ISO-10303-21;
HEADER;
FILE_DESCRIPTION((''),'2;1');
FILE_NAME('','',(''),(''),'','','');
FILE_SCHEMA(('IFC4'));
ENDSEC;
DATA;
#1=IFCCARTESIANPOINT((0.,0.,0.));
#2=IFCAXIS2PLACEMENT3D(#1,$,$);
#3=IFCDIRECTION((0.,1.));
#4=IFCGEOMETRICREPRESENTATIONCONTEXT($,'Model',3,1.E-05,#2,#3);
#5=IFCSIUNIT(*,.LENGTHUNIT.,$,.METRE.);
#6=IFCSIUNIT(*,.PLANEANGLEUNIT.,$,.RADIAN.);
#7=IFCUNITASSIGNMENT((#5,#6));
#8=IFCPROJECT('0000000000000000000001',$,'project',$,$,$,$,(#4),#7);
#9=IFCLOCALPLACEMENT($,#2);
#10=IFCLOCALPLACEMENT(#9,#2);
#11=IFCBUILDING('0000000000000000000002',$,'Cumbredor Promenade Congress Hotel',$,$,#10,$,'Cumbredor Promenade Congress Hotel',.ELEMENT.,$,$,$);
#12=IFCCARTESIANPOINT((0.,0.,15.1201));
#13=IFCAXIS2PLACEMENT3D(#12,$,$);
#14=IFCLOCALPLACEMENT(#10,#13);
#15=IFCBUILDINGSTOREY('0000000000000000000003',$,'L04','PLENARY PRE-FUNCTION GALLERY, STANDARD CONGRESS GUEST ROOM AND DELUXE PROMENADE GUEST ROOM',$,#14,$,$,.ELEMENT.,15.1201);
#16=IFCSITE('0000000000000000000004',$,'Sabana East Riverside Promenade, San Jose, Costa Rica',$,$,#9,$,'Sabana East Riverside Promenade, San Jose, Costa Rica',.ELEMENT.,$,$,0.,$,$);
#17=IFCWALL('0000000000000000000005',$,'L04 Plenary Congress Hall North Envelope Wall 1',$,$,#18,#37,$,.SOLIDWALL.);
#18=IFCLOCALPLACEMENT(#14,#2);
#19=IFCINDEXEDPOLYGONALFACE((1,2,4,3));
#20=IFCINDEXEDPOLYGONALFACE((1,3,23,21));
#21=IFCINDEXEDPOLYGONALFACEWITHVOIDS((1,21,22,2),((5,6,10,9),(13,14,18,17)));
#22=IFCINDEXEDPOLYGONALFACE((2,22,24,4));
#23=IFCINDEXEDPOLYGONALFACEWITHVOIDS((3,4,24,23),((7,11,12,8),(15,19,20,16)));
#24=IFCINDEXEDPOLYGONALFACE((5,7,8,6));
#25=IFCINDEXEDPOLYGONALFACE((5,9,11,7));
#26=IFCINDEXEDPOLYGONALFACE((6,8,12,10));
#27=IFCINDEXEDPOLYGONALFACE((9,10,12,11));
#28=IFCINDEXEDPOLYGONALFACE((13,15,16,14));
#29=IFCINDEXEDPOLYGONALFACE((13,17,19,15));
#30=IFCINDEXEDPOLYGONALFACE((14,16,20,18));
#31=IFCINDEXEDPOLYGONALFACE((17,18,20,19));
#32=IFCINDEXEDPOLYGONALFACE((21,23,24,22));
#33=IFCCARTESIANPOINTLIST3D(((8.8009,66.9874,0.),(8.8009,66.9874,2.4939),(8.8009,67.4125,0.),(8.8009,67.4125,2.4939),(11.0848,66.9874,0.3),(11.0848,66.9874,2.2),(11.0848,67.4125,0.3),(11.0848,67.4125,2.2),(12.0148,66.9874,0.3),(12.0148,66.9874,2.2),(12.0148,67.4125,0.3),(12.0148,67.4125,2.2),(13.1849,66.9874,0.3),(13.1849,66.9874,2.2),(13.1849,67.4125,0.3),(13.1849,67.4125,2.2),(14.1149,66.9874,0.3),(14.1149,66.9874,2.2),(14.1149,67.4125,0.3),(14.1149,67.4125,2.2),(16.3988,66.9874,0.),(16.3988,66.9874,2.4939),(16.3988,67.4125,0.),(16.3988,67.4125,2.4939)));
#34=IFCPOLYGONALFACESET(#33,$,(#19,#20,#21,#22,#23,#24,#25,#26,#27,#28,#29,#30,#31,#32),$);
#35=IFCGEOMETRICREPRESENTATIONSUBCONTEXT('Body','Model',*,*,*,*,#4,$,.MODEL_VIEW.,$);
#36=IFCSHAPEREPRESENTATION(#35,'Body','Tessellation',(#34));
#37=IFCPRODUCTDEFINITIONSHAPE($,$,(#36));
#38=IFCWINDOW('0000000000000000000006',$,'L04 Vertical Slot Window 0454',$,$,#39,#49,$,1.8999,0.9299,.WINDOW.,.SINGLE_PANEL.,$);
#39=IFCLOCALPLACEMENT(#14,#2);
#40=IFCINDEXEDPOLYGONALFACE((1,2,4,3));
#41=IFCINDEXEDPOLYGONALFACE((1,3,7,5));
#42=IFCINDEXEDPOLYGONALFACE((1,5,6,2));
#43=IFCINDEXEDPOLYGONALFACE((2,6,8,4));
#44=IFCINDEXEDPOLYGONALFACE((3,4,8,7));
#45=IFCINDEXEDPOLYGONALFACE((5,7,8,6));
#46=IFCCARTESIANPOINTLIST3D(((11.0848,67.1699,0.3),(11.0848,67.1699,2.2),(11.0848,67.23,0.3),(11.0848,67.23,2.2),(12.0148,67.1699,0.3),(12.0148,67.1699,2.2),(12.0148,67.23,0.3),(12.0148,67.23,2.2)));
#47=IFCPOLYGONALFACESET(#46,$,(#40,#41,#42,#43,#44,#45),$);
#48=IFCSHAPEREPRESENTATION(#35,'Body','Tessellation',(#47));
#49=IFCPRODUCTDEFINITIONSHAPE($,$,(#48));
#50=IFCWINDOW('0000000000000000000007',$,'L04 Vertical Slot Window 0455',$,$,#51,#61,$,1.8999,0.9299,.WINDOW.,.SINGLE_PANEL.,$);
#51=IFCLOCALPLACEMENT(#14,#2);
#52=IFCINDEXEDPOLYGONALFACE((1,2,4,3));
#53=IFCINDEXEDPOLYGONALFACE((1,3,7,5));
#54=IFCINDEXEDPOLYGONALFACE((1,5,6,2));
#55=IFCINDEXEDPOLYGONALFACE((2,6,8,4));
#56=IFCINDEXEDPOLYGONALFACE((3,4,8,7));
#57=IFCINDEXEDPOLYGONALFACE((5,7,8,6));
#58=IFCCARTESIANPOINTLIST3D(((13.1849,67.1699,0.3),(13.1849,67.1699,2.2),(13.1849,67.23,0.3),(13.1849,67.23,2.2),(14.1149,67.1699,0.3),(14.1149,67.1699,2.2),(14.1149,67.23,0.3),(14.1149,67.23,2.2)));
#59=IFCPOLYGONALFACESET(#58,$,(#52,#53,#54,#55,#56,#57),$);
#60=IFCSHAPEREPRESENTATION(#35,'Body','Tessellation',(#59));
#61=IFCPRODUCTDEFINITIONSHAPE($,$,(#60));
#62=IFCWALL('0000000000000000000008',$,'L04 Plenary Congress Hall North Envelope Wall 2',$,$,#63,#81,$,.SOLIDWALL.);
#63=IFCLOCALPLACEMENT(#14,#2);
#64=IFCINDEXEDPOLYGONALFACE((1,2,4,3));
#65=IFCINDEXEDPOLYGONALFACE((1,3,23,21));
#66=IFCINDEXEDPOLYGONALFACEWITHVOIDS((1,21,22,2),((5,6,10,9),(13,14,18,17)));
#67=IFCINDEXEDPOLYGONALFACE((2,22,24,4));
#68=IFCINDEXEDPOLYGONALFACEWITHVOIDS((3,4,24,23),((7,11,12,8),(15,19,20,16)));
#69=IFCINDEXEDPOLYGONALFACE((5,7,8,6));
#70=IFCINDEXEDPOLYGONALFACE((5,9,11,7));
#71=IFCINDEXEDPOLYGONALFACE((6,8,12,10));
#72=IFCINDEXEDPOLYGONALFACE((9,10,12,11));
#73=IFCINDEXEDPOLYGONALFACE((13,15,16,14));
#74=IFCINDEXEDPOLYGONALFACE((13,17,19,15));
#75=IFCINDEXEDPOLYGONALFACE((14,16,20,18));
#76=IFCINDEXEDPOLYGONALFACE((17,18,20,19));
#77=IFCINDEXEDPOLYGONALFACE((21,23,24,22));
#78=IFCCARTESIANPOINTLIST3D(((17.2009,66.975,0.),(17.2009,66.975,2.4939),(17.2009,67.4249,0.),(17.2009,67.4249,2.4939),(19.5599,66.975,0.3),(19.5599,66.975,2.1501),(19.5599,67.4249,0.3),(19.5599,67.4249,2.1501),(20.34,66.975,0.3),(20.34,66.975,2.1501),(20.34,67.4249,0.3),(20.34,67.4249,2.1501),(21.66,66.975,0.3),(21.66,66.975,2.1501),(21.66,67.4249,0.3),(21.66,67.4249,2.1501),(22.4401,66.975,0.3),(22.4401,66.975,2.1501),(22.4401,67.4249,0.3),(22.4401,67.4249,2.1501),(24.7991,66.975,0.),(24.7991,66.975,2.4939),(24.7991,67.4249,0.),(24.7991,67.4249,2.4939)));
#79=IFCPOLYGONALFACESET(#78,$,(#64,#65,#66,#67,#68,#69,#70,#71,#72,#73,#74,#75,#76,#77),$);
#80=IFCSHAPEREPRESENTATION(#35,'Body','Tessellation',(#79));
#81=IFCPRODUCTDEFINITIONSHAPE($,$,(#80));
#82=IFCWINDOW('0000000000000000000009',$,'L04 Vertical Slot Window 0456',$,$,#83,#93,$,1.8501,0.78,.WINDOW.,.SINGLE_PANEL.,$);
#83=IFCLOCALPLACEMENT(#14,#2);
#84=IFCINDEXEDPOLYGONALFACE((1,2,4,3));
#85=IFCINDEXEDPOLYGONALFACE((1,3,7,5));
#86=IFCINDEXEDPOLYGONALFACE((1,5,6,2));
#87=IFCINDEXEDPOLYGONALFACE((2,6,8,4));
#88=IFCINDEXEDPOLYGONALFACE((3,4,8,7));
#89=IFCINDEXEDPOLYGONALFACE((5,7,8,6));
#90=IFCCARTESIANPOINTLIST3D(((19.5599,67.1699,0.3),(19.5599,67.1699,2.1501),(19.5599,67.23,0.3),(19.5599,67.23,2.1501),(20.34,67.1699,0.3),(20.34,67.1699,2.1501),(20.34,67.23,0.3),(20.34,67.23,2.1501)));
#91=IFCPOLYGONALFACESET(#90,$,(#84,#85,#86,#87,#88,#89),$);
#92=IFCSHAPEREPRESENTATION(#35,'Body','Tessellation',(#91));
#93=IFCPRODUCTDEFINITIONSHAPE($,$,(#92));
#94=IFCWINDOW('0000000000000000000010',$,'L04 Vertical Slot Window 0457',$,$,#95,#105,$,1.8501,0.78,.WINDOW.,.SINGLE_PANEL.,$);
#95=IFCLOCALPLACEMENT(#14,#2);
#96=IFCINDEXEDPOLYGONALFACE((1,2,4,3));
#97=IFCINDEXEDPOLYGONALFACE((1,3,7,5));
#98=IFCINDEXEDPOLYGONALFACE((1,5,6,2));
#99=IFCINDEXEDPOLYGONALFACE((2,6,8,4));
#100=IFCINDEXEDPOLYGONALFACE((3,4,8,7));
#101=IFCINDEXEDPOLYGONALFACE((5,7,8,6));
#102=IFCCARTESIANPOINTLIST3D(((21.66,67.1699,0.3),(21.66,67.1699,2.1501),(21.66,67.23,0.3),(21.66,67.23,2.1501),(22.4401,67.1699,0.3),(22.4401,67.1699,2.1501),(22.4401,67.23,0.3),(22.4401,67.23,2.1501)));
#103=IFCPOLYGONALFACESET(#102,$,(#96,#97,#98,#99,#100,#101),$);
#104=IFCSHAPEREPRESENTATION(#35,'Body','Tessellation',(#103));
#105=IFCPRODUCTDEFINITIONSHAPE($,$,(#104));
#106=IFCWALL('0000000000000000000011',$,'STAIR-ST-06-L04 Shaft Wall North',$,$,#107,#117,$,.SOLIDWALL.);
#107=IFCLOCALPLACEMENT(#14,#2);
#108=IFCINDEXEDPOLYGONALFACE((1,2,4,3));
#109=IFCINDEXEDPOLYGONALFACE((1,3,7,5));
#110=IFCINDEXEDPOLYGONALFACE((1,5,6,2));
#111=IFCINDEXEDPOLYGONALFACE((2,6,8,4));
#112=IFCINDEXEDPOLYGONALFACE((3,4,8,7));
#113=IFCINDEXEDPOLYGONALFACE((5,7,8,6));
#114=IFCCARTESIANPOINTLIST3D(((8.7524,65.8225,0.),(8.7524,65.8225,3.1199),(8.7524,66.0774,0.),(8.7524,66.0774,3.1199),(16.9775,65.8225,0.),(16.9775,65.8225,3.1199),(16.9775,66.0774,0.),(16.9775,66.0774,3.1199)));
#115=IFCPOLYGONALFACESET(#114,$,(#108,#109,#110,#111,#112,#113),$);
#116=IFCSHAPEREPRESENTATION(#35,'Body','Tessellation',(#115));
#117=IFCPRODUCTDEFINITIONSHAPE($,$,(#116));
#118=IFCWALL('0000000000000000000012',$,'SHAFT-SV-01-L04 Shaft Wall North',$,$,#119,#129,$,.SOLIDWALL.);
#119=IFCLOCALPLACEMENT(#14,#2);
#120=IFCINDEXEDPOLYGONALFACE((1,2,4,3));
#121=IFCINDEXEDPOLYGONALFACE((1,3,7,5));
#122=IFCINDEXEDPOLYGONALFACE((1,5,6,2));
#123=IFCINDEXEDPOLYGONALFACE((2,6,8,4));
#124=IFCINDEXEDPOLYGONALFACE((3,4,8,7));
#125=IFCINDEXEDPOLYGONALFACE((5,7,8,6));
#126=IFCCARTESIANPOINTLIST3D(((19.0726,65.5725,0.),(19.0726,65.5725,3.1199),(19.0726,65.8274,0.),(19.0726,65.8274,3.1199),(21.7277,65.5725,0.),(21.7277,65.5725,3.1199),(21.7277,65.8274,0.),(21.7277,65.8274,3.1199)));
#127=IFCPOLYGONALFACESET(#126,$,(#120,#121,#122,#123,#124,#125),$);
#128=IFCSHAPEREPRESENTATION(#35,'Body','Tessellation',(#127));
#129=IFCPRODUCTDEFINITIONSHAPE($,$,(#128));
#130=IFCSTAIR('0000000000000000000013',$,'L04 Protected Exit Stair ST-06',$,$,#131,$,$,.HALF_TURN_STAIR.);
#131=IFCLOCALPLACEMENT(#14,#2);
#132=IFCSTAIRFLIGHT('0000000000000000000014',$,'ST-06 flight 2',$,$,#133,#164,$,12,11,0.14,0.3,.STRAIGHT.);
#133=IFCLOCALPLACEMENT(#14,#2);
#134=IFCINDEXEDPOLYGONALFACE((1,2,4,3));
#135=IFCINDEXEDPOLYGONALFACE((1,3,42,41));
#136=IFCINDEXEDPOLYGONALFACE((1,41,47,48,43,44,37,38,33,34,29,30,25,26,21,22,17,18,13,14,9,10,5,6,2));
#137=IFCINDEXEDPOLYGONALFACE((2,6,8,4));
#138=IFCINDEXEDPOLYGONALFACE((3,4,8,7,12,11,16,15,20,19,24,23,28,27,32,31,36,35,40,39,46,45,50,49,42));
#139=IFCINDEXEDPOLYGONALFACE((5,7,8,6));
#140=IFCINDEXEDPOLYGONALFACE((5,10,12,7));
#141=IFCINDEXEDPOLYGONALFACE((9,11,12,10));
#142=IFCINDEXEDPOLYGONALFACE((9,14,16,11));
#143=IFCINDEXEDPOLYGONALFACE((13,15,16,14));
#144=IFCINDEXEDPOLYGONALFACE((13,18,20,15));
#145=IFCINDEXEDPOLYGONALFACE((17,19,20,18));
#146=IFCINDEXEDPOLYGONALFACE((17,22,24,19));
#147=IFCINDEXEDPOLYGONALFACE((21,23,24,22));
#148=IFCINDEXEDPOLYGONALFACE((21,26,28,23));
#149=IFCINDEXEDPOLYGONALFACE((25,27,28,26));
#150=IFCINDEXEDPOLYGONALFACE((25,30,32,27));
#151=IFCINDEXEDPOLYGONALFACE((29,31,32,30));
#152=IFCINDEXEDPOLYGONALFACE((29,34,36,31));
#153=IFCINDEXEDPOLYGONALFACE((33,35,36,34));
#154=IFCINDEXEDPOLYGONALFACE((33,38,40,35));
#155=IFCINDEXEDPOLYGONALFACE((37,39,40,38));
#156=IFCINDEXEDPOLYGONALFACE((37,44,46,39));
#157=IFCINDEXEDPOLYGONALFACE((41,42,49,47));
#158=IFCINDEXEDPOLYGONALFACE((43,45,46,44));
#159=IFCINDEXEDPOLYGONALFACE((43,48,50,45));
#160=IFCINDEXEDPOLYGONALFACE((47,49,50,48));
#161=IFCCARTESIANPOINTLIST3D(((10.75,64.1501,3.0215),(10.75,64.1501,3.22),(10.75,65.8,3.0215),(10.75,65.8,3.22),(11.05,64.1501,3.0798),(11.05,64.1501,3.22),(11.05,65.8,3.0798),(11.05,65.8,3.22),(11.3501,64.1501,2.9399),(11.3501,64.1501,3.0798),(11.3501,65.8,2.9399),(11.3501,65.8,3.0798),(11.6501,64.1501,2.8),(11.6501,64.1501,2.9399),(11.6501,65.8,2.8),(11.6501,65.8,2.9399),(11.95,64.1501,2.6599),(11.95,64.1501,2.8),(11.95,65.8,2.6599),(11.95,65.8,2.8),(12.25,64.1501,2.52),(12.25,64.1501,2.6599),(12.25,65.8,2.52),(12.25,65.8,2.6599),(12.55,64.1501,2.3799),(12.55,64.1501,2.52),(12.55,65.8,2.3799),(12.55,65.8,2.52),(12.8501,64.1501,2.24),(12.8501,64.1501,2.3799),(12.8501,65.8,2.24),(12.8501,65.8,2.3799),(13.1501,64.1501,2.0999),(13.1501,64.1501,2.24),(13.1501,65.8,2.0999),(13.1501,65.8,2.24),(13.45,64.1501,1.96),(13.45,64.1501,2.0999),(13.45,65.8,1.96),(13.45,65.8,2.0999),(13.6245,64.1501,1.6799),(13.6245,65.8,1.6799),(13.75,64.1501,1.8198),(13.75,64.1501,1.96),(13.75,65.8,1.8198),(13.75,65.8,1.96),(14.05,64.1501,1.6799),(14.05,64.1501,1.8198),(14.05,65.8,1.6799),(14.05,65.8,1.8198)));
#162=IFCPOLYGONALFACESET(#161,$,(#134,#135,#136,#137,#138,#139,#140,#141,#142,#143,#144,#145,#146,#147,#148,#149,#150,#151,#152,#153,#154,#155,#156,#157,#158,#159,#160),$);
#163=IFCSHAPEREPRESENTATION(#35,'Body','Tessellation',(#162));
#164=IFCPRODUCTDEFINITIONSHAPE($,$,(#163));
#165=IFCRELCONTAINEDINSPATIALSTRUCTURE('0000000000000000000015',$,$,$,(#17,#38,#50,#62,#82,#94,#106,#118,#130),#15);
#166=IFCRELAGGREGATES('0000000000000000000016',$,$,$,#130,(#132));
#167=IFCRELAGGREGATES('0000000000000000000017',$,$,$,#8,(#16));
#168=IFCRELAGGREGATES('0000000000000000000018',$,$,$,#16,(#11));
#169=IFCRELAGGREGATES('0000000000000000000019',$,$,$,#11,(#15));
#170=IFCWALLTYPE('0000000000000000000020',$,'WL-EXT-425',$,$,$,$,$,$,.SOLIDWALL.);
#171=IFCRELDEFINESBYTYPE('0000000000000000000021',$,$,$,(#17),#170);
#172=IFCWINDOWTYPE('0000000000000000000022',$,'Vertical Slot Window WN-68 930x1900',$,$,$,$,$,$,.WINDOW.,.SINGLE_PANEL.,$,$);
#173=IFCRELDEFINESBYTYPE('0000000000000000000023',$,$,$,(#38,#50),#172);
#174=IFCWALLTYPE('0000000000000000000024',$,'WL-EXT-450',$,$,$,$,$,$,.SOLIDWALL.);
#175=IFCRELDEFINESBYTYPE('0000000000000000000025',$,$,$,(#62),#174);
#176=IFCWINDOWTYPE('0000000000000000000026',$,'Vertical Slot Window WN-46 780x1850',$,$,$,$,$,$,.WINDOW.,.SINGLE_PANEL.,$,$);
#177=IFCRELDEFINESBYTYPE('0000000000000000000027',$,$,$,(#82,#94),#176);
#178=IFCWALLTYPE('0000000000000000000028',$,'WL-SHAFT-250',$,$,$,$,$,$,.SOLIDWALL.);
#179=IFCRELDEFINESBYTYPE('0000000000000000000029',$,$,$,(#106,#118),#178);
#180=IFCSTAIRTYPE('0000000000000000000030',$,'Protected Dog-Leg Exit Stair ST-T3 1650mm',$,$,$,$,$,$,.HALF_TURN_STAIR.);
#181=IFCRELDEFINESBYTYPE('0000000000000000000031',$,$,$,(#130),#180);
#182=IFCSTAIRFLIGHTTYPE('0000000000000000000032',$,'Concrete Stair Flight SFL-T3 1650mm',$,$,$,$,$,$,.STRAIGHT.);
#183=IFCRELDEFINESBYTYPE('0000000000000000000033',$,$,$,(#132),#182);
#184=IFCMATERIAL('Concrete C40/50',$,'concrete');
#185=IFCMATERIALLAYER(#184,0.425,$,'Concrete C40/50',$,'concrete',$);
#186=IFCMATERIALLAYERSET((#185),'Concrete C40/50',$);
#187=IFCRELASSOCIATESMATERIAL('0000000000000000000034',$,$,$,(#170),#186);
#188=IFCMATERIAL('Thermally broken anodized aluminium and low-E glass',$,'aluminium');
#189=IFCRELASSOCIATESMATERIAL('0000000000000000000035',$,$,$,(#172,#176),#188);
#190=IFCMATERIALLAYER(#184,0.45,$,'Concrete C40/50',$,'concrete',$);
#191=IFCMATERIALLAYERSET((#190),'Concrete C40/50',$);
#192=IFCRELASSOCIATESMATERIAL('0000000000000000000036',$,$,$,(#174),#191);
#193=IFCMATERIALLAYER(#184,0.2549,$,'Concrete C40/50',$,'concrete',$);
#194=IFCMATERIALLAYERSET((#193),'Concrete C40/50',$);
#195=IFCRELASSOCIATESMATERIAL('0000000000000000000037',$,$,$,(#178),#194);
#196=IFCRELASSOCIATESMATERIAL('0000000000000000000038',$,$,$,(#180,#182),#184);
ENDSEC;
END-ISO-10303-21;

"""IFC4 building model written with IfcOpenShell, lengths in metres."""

from ifc_helpers import new_model, si_unit, direction, frame, frame_2d, origin, place, context, subcontext, project, spatial, polyline, rectangle, outline, extrude, material, layer, layer_set, type_object, element, fill, aggregate, save


model = new_model("IFC4")

# Units and contexts
model_context = context("Model", 3, precision=1e-05, world=origin(), true_north=direction((0.0, 1.0)))
body_context = subcontext(model_context, "Body", "Model", "MODEL_VIEW")
ifc_project = project(units=[si_unit("LENGTHUNIT", "METRE"), si_unit("PLANEANGLEUNIT", "RADIAN")], contexts=[model_context])

# Site, building, storey
site_placement = place(None, origin())
site = spatial("IfcSite", under=ifc_project, at=site_placement, Name="Sabana East Riverside Promenade, San Jose, Costa Rica", LongName="Sabana East Riverside Promenade, San Jose, Costa Rica", CompositionType="ELEMENT", RefElevation=0.0)
building_placement = place(site_placement, origin())
building = spatial("IfcBuilding", under=site, at=building_placement, Name="Cumbredor Promenade Congress Hotel", LongName="Cumbredor Promenade Congress Hotel", CompositionType="ELEMENT")
storey_placement = place(building_placement, frame((0.0, 0.0, 15.1201)))
storey = spatial("IfcBuildingStorey", under=building, at=storey_placement, Name="L04", Description="PLENARY PRE-FUNCTION GALLERY, STANDARD CONGRESS GUEST ROOM AND DELUXE PROMENADE GUEST ROOM", CompositionType="ELEMENT", Elevation=15.1201)

# Shared definitions
ifc_material_1 = material(Name="Thermally broken anodized aluminium and low-E glass", Category="aluminium")

# Walls, openings, windows
ifc_material_2 = material(Name="Concrete C40/50", Category="concrete")
ifc_layer_1 = layer(ifc_material_2, 0.425, Name="Concrete C40/50", Category="concrete")
ifc_layer_set_1 = layer_set([ifc_layer_1], Name="Concrete C40/50")
wall_type_1 = type_object("IfcWallType", Name="WL-EXT-425", PredefinedType="SOLIDWALL", material=ifc_layer_set_1)
wall_1_placement = place(storey_placement, frame((8.801, 67.2, 0.0), z_axis=(0.0, 0.0, 1.0), x_axis=(1.0, 0.0, 0.0)))
wall_1 = element("IfcWall", 1, at=wall_1_placement, inside=storey, type_object=wall_type_1, Name="L04 Plenary Congress Hall North Envelope Wall 1", PredefinedType="SOLIDWALL", context=body_context, shape_type="SweptSolid", body=[
    extrude(rectangle(XDim=7.5979, YDim=0.425, at=frame_2d((3.7988, 0.0))), origin(), (0.0, 0.0, 1.0), 2.4939),
])
opening_1_placement = place(wall_1_placement, frame((2.2839, 0.0, 0.3)))
opening_1 = element("IfcOpeningElement", 2, at=opening_1_placement, cuts=wall_1, PredefinedType="OPENING", context=body_context, shape_type="SweptSolid", body=[
    extrude(rectangle(XDim=0.9299, YDim=1.8999, at=frame_2d((0.4648, 0.95))), frame((0.0, 0.2227, 0.0), z_axis=(0.0, -1.0, 0.0), x_axis=(1.0, 0.0, 0.0)), (0.0, 0.0, 1.0), 0.4451),
])
opening_2_placement = place(wall_1_placement, frame((4.384, 0.0, 0.3)))
opening_2 = element("IfcOpeningElement", 3, at=opening_2_placement, cuts=wall_1, PredefinedType="OPENING", context=body_context, shape_type="SweptSolid", body=[
    extrude(rectangle(XDim=0.9299, YDim=1.8999, at=frame_2d((0.4648, 0.95))), frame((0.0, 0.2227, 0.0), z_axis=(0.0, -1.0, 0.0), x_axis=(1.0, 0.0, 0.0)), (0.0, 0.0, 1.0), 0.4451),
])
window_type_1 = type_object("IfcWindowType", Name="Vertical Slot Window WN-68 930x1900", PartitioningType="SINGLE_PANEL", PredefinedType="WINDOW", material=ifc_material_1)
window_1_placement = place(opening_1_placement, origin())
window_1 = element("IfcWindow", 4, at=window_1_placement, inside=storey, type_object=window_type_1, Name="L04 Vertical Slot Window 0454", OverallHeight=1.8999, OverallWidth=0.9299, PartitioningType="SINGLE_PANEL", PredefinedType="WINDOW", context=body_context, shape_type="SweptSolid", body=[
    extrude(rectangle(XDim=0.9299, YDim=1.8999, at=frame_2d((0.4648, 0.95))), frame((0.0, 0.03, 0.0), z_axis=(0.0, -1.0, 0.0), x_axis=(1.0, 0.0, 0.0)), (0.0, 0.0, 1.0), 0.0601),
])
fill(opening_1, window_1)
window_2_placement = place(opening_2_placement, origin())
window_2 = element("IfcWindow", 5, at=window_2_placement, inside=storey, type_object=window_type_1, Name="L04 Vertical Slot Window 0455", OverallHeight=1.8999, OverallWidth=0.9299, PartitioningType="SINGLE_PANEL", PredefinedType="WINDOW", context=body_context, shape_type="SweptSolid", body=[
    extrude(rectangle(XDim=0.9299, YDim=1.8999, at=frame_2d((0.4648, 0.95))), frame((0.0, 0.03, 0.0), z_axis=(0.0, -1.0, 0.0), x_axis=(1.0, 0.0, 0.0)), (0.0, 0.0, 1.0), 0.0601),
])
fill(opening_2, window_2)
ifc_layer_2 = layer(ifc_material_2, 0.45, Name="Concrete C40/50", Category="concrete")
ifc_layer_set_2 = layer_set([ifc_layer_2], Name="Concrete C40/50")
wall_type_2 = type_object("IfcWallType", Name="WL-EXT-450", PredefinedType="SOLIDWALL", material=ifc_layer_set_2)
wall_2_placement = place(storey_placement, frame((17.2009, 67.2, 0.0), z_axis=(0.0, 0.0, 1.0), x_axis=(1.0, 0.0, 0.0)))
wall_2 = element("IfcWall", 6, at=wall_2_placement, inside=storey, type_object=wall_type_2, Name="L04 Plenary Congress Hall North Envelope Wall 2", PredefinedType="SOLIDWALL", context=body_context, shape_type="SweptSolid", body=[
    extrude(rectangle(XDim=7.5981, YDim=0.45, at=frame_2d((3.7991, 0.0))), origin(), (0.0, 0.0, 1.0), 2.4939),
])
opening_3_placement = place(wall_2_placement, frame((2.3589, 0.0, 0.3)))
opening_3 = element("IfcOpeningElement", 7, at=opening_3_placement, cuts=wall_2, PredefinedType="OPENING", context=body_context, shape_type="SweptSolid", body=[
    extrude(rectangle(XDim=0.78, YDim=1.8501, at=frame_2d((0.3901, 0.925))), frame((0.0, 0.2349, 0.0), z_axis=(0.0, -1.0, 0.0), x_axis=(1.0, 0.0, 0.0)), (0.0, 0.0, 1.0), 0.47),
])
opening_4_placement = place(wall_2_placement, frame((4.459, 0.0, 0.3)))
opening_4 = element("IfcOpeningElement", 8, at=opening_4_placement, cuts=wall_2, PredefinedType="OPENING", context=body_context, shape_type="SweptSolid", body=[
    extrude(rectangle(XDim=0.78, YDim=1.8501, at=frame_2d((0.3901, 0.925))), frame((0.0, 0.2349, 0.0), z_axis=(0.0, -1.0, 0.0), x_axis=(1.0, 0.0, 0.0)), (0.0, 0.0, 1.0), 0.47),
])
window_type_2 = type_object("IfcWindowType", Name="Vertical Slot Window WN-46 780x1850", PartitioningType="SINGLE_PANEL", PredefinedType="WINDOW", material=ifc_material_1)
window_3_placement = place(opening_3_placement, origin())
window_3 = element("IfcWindow", 9, at=window_3_placement, inside=storey, type_object=window_type_2, Name="L04 Vertical Slot Window 0456", OverallHeight=1.8501, OverallWidth=0.78, PartitioningType="SINGLE_PANEL", PredefinedType="WINDOW", context=body_context, shape_type="SweptSolid", body=[
    extrude(rectangle(XDim=0.78, YDim=1.8501, at=frame_2d((0.3901, 0.925))), frame((0.0, 0.03, 0.0), z_axis=(0.0, -1.0, 0.0), x_axis=(1.0, 0.0, 0.0)), (0.0, 0.0, 1.0), 0.0601),
])
fill(opening_3, window_3)
window_4_placement = place(opening_4_placement, origin())
window_4 = element("IfcWindow", 10, at=window_4_placement, inside=storey, type_object=window_type_2, Name="L04 Vertical Slot Window 0457", OverallHeight=1.8501, OverallWidth=0.78, PartitioningType="SINGLE_PANEL", PredefinedType="WINDOW", context=body_context, shape_type="SweptSolid", body=[
    extrude(rectangle(XDim=0.78, YDim=1.8501, at=frame_2d((0.3901, 0.925))), frame((0.0, 0.03, 0.0), z_axis=(0.0, -1.0, 0.0), x_axis=(1.0, 0.0, 0.0)), (0.0, 0.0, 1.0), 0.0601),
])
fill(opening_4, window_4)

# Walls
ifc_layer_3 = layer(ifc_material_2, 0.2549, Name="Concrete C40/50", Category="concrete")
ifc_layer_set_3 = layer_set([ifc_layer_3], Name="Concrete C40/50")
wall_type_3 = type_object("IfcWallType", Name="WL-SHAFT-250", PredefinedType="SOLIDWALL", material=ifc_layer_set_3)
wall_3_placement = place(storey_placement, frame((8.7524, 65.95, 0.0), z_axis=(0.0, 0.0, 1.0), x_axis=(1.0, 0.0, 0.0)))
element("IfcWall", 11, at=wall_3_placement, inside=storey, type_object=wall_type_3, Name="STAIR-ST-06-L04 Shaft Wall North", PredefinedType="SOLIDWALL", context=body_context, shape_type="SweptSolid", body=[
    extrude(rectangle(XDim=8.2251, YDim=0.2549, at=frame_2d((4.1125, 0.0))), origin(), (0.0, 0.0, 1.0), 3.1199),
])
wall_4_placement = place(storey_placement, frame((19.0725, 65.7, 0.0), z_axis=(0.0, 0.0, 1.0), x_axis=(1.0, 0.0, 0.0)))
element("IfcWall", 12, at=wall_4_placement, inside=storey, type_object=wall_type_3, Name="SHAFT-SV-01-L04 Shaft Wall North", PredefinedType="SOLIDWALL", context=body_context, shape_type="SweptSolid", body=[
    extrude(rectangle(XDim=2.655, YDim=0.2549, at=frame_2d((1.3276, 0.0))), origin(), (0.0, 0.0, 1.0), 3.1199),
])

# Stair, stair flight
stair_type = type_object("IfcStairType", Name="Protected Dog-Leg Exit Stair ST-T3 1650mm", PredefinedType="HALF_TURN_STAIR", material=ifc_material_2)
stair_placement = place(storey_placement, origin())
stair = element("IfcStair", 13, at=stair_placement, inside=storey, type_object=stair_type, Name="L04 Protected Exit Stair ST-06", PredefinedType="HALF_TURN_STAIR")
stair_flight_type = type_object("IfcStairFlightType", Name="Concrete Stair Flight SFL-T3 1650mm", PredefinedType="STRAIGHT", material=ifc_material_2)
stair_flight_placement = place(storey_placement, frame((14.05, 64.9751, 1.6799), z_axis=(0.0, 0.0, 1.0), x_axis=(-1.0, 0.0, 0.0)))
stair_flight = element("IfcStairFlight", 14, at=stair_flight_placement, type_object=stair_flight_type, Name="ST-06 flight 2", NumberOfRisers=12, NumberOfTreads=11, PredefinedType="STRAIGHT", RiserHeight=0.14, TreadLength=0.3, context=body_context, shape_type="SweptSolid", body=[
    extrude(outline(polyline([(0.0, 0.0), (0.0, 0.1399), (0.3, 0.1399), (0.3, 0.28), (0.6001, 0.28), (0.6001, 0.4199), (0.8999, 0.4199), (0.8999, 0.5601), (1.2, 0.5601), (1.2, 0.7), (1.5, 0.7), (1.5, 0.8401), (1.8, 0.8401), (1.8, 0.98), (2.1001, 0.98), (2.1001, 1.1201), (2.3999, 1.1201), (2.3999, 1.26), (2.7, 1.26), (2.7, 1.3999), (3.0, 1.3999), (3.0, 1.54), (3.3, 1.54), (3.3, 1.6799), (3.3, 1.3416), (0.4255, 0.0), (0.0, 0.0)])), frame((0.0, 0.825, 0.0), z_axis=(0.0, -1.0, 0.0), x_axis=(1.0, 0.0, 0.0)), (0.0, 0.0, 1.0), 1.6499),
])
aggregate(stair, [stair_flight])

save(model, "model.ifc")
